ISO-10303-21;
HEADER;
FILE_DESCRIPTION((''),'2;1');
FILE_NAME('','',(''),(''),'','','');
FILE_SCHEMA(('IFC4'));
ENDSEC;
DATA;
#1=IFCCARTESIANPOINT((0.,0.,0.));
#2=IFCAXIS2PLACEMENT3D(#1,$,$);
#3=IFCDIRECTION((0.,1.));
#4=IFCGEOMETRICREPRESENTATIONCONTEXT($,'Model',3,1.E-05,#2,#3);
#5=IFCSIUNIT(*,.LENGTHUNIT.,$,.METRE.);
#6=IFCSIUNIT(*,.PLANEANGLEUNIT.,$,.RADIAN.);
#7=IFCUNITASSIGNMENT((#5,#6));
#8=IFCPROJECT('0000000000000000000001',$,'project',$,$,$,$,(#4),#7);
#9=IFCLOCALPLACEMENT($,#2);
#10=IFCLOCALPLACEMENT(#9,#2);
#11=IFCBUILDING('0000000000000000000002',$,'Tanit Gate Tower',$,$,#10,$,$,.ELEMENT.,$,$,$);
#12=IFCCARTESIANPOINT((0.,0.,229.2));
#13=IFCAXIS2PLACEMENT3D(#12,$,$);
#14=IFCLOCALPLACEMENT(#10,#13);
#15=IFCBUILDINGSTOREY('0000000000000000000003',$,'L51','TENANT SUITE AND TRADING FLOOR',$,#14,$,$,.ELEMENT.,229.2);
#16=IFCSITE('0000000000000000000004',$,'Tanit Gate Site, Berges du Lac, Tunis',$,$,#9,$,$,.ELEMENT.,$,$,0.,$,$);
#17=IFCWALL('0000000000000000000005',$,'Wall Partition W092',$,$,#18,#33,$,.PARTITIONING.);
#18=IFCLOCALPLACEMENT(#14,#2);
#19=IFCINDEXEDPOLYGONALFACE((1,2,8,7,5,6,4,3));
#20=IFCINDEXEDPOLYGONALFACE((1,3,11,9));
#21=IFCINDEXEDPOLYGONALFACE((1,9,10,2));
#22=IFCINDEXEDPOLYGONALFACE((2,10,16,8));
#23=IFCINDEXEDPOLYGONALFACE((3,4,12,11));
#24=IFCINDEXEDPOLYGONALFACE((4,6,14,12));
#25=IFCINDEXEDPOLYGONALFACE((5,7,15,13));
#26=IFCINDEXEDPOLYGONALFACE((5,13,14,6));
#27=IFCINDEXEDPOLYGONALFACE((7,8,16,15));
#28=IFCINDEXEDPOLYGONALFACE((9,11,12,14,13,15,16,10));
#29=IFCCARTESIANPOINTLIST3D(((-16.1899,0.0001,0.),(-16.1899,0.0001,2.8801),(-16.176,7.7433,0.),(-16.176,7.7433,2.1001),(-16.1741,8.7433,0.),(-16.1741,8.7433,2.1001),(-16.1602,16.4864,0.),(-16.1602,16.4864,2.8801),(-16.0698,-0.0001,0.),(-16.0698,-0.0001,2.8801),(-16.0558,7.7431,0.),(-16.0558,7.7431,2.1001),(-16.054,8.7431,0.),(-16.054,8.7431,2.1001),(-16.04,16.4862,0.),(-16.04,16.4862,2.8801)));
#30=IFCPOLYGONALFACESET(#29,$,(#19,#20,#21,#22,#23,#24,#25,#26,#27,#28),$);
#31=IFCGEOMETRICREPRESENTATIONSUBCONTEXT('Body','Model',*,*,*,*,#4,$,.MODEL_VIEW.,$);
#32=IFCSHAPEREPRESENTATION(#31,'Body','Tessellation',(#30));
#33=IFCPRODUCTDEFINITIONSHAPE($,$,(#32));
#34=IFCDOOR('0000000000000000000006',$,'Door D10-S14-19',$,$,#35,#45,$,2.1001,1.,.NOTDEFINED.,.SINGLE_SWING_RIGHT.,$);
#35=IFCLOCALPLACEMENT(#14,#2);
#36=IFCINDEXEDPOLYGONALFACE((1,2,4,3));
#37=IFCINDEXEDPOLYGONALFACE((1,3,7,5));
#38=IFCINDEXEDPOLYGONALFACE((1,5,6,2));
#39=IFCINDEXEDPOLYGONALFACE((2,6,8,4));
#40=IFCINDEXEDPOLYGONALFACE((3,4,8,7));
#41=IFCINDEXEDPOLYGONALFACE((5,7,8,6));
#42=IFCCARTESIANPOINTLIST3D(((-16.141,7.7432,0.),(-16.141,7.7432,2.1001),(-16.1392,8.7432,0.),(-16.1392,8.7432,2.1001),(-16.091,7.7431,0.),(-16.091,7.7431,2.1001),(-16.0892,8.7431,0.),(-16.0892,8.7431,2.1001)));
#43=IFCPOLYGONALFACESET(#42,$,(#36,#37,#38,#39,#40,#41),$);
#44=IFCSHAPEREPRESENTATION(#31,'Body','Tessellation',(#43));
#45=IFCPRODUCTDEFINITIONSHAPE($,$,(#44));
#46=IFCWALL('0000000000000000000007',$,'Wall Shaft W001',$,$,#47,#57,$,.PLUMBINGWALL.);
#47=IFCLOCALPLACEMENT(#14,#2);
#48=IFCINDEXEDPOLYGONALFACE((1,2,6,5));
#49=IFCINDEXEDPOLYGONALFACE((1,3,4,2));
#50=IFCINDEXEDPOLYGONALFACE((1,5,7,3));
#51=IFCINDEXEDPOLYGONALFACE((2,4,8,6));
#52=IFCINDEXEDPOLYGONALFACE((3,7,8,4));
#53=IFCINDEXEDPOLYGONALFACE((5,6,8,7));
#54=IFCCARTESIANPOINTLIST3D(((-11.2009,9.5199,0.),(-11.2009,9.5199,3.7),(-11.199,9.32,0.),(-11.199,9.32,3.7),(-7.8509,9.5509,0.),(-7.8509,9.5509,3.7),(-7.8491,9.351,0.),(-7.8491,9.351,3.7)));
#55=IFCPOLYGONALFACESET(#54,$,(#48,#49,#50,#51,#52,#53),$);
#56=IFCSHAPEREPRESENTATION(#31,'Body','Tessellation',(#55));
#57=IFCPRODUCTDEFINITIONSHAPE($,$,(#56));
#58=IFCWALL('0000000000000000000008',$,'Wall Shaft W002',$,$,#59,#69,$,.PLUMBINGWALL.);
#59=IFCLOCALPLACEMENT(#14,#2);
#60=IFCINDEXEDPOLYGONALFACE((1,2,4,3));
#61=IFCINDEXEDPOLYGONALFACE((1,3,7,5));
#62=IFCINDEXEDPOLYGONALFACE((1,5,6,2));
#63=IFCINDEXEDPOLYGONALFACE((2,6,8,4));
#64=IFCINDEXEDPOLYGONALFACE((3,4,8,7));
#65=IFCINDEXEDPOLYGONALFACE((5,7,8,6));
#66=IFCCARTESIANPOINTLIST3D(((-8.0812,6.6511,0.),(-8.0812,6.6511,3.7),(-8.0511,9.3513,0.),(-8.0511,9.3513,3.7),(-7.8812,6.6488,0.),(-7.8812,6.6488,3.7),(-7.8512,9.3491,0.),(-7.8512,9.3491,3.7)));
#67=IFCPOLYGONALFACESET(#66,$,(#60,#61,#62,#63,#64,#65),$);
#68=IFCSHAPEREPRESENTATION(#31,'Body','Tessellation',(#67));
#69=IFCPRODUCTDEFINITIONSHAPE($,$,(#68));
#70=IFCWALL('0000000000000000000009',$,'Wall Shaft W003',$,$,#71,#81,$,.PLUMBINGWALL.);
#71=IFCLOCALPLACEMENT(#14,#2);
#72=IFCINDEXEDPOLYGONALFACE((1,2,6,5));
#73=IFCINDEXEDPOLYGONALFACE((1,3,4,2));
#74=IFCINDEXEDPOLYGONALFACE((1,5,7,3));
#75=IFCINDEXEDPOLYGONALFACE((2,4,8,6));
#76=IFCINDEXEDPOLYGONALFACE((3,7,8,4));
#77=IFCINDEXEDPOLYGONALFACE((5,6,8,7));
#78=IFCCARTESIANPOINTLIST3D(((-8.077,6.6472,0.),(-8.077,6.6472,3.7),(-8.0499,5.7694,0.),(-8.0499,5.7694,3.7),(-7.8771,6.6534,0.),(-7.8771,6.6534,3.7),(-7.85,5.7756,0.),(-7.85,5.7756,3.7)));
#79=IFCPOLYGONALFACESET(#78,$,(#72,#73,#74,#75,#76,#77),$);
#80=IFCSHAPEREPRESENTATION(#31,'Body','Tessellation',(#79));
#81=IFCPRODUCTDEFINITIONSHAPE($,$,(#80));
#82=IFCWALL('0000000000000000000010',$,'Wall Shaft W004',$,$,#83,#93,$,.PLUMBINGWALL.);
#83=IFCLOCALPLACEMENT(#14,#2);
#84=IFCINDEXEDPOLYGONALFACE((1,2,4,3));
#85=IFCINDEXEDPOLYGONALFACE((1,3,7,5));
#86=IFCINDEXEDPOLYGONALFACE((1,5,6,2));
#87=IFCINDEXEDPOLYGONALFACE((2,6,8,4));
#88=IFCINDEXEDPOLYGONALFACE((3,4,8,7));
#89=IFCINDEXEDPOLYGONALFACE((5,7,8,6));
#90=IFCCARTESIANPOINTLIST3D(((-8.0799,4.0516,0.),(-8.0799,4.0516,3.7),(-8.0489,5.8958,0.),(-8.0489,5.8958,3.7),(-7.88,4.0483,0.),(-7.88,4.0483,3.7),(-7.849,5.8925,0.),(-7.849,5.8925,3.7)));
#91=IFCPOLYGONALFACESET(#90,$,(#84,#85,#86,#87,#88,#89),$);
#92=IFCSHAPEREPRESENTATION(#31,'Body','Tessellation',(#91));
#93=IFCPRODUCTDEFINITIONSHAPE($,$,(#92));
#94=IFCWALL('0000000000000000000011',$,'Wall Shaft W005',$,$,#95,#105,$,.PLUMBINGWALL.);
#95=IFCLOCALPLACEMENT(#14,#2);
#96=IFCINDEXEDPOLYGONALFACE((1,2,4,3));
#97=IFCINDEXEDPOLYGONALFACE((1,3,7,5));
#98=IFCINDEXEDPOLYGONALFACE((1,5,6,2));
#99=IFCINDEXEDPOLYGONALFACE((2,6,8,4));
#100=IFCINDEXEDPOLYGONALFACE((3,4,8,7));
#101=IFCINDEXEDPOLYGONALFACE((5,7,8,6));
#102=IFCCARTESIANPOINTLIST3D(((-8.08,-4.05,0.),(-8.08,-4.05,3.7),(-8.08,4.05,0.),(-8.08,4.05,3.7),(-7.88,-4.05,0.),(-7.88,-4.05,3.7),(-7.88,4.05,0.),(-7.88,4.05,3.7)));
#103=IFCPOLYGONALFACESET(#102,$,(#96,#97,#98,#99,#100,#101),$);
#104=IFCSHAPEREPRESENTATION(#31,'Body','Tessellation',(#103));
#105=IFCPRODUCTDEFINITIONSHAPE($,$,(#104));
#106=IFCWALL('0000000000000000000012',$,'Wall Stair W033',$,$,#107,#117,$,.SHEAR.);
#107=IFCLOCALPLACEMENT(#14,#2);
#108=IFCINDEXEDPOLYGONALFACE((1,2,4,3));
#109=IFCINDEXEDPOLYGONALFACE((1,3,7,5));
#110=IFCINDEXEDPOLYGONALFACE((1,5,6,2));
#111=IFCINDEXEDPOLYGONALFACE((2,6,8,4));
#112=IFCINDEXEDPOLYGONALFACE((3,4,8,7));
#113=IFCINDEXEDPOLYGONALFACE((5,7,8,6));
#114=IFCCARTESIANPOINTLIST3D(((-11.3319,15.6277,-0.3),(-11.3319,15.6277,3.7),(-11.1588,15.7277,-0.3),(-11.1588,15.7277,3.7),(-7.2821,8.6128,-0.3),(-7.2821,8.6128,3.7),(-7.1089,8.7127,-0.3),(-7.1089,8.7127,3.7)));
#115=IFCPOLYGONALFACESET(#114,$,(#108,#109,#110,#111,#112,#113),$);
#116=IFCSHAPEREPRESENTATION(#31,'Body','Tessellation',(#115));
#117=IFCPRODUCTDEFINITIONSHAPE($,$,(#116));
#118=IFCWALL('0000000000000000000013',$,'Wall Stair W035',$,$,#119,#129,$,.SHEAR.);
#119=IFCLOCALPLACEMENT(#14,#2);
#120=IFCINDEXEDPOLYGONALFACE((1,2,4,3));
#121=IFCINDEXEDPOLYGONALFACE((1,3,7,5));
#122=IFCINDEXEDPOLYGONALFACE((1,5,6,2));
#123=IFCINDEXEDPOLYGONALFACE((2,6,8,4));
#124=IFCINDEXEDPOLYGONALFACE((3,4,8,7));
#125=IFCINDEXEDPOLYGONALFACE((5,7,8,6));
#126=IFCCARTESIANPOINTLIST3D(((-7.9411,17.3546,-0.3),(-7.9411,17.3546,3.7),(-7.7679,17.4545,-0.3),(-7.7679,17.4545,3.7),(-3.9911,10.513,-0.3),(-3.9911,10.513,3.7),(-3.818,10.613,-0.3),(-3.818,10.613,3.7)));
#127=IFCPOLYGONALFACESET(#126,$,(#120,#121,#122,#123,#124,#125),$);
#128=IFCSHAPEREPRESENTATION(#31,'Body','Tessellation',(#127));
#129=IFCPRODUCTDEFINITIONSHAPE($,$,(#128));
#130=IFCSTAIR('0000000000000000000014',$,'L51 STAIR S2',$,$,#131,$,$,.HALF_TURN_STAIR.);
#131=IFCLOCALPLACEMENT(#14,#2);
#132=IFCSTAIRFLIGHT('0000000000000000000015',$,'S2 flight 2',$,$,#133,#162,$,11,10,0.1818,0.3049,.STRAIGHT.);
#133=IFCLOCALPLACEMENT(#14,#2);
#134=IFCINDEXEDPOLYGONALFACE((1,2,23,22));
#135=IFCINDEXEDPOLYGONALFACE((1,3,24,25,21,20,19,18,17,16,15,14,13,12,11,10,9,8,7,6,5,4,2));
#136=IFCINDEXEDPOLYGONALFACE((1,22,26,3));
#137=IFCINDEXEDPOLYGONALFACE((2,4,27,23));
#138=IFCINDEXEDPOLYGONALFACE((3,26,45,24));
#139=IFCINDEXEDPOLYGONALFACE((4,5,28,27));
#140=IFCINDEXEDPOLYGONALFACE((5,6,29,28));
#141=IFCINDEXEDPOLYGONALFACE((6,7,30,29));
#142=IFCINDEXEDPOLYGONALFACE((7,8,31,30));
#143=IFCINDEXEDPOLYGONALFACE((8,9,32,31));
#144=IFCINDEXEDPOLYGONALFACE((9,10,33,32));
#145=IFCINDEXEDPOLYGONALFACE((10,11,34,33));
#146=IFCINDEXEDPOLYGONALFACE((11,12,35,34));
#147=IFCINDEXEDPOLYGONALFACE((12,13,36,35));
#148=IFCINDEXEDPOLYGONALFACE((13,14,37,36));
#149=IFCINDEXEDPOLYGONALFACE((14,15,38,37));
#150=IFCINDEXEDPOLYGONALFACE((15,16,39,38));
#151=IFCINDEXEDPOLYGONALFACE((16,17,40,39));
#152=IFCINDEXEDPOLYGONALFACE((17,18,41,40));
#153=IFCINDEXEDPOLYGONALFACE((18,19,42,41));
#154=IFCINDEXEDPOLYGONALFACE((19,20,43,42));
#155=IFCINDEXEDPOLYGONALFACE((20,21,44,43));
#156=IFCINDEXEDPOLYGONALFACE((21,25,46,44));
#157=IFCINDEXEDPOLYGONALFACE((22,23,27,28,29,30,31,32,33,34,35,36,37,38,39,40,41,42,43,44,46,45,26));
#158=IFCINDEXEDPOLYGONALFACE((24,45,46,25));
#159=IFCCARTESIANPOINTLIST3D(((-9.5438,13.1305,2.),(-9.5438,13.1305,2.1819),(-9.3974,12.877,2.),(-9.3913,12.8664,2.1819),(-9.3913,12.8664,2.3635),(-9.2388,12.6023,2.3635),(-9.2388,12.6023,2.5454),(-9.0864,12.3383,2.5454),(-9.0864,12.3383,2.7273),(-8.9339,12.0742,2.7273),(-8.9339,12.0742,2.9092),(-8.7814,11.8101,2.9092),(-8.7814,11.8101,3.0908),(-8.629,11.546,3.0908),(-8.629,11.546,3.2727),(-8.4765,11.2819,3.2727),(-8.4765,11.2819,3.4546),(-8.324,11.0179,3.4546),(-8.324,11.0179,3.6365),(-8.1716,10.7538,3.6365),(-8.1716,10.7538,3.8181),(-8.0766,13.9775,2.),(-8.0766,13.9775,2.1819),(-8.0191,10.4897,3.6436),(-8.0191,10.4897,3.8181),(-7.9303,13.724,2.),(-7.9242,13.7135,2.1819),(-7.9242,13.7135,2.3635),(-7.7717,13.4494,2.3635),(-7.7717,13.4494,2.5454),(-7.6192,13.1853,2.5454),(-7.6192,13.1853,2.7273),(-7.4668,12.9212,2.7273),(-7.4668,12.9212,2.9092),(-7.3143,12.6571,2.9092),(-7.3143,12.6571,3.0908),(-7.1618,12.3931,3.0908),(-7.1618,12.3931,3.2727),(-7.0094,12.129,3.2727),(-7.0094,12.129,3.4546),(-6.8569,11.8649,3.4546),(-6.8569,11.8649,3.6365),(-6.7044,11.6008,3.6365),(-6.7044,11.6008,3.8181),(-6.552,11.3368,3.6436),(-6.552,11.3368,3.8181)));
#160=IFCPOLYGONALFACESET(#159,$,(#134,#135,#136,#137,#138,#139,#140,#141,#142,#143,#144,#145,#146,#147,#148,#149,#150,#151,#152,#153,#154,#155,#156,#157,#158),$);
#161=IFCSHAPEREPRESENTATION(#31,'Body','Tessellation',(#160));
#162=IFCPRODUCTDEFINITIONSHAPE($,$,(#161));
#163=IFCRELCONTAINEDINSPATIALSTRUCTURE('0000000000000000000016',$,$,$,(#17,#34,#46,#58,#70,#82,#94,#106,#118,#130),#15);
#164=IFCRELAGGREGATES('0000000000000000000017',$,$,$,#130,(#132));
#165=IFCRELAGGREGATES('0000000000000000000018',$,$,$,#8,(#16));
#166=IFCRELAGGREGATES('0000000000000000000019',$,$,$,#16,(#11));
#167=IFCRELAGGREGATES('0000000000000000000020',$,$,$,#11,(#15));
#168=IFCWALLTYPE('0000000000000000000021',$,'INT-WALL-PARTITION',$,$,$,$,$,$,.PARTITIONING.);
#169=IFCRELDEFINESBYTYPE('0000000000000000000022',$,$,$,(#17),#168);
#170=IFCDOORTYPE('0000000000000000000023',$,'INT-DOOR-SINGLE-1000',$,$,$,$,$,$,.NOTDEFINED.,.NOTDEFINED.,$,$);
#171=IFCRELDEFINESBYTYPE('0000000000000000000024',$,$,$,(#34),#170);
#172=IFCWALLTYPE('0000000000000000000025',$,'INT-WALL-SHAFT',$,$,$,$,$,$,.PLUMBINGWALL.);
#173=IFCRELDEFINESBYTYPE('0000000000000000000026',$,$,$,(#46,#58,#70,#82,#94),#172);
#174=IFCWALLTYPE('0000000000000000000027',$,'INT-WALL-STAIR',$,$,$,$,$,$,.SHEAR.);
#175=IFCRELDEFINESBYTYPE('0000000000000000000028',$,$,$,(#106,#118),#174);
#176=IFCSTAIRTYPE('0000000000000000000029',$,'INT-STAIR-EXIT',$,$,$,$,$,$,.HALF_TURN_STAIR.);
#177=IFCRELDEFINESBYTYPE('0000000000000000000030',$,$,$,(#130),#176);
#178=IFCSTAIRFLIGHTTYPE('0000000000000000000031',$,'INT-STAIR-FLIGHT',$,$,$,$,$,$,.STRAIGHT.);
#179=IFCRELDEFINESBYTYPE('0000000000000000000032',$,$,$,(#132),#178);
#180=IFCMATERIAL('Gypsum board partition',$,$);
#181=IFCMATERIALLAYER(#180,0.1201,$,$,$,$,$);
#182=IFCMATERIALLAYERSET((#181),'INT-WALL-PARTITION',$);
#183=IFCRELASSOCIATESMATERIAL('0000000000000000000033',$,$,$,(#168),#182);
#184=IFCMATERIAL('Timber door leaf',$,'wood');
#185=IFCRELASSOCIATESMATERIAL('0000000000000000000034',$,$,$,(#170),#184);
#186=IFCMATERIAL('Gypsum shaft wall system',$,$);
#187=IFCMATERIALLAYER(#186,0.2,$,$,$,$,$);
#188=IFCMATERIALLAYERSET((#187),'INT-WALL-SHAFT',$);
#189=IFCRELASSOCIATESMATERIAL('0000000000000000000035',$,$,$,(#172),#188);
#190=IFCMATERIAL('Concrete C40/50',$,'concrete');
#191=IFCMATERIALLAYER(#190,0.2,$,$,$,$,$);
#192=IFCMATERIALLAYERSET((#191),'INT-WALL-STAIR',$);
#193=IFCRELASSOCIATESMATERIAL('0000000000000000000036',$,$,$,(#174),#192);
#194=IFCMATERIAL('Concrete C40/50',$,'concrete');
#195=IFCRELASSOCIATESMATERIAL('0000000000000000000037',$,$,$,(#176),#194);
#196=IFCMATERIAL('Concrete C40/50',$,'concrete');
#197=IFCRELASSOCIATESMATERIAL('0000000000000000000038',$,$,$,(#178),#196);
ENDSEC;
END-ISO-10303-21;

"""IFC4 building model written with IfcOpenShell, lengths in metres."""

from ifc_helpers import new_model, si_unit, direction, frame, frame_2d, origin, place, context, subcontext, project, spatial, polyline, rectangle, outline, extrude, material, layer, layer_set, type_object, element, fill, aggregate, save


model = new_model("IFC4")

# Units and contexts
model_context = context("Model", 3, precision=1e-05, world=origin(), true_north=direction((0.0, 1.0)))
body_context = subcontext(model_context, "Body", "Model", "MODEL_VIEW")
ifc_project = project(units=[si_unit("LENGTHUNIT", "METRE"), si_unit("PLANEANGLEUNIT", "RADIAN")], contexts=[model_context])

# Site, building, storey
site_placement = place(None, origin())
site = spatial("IfcSite", under=ifc_project, at=site_placement, Name="Tanit Gate Site, Berges du Lac, Tunis", CompositionType="ELEMENT", RefElevation=0.0)
building_placement = place(site_placement, origin())
building = spatial("IfcBuilding", under=site, at=building_placement, Name="Tanit Gate Tower", CompositionType="ELEMENT")
storey_placement = place(building_placement, frame((0.0, 0.0, 229.2)))
storey = spatial("IfcBuildingStorey", under=building, at=storey_placement, Name="L51", Description="TENANT SUITE AND TRADING FLOOR", CompositionType="ELEMENT", Elevation=229.2)

# Wall, opening, door
ifc_material_1 = material(Name="Gypsum board partition")
ifc_layer_1 = layer(ifc_material_1, 0.1201)
ifc_layer_set_1 = layer_set([ifc_layer_1], Name="INT-WALL-PARTITION")
wall_type_1 = type_object("IfcWallType", Name="INT-WALL-PARTITION", PredefinedType="PARTITIONING", material=ifc_layer_set_1)
wall_1_placement = place(storey_placement, frame((-16.1001, 16.4863, 0.0), z_axis=(0.0, 0.0, 1.0), x_axis=(-0.001807, -0.999998, 0.0)))
wall_1 = element("IfcWall", 1, at=wall_1_placement, inside=storey, type_object=wall_type_1, Name="Wall Partition W092", PredefinedType="PARTITIONING", context=body_context, shape_type="SweptSolid", body=[
    extrude(rectangle(XDim=16.4863, YDim=0.1201, at=frame_2d((8.2432, 0.0))), origin(), (0.0, 0.0, 1.0), 2.8801),
])
opening_1_placement = place(wall_1_placement, frame((7.7432, 0.0, 0.0)))
opening_1 = element("IfcOpeningElement", 2, at=opening_1_placement, cuts=wall_1, PredefinedType="OPENING", context=body_context, shape_type="SweptSolid", body=[
    extrude(rectangle(XDim=1.0, YDim=2.1001, at=frame_2d((0.5, 1.05))), frame((0.0, 0.0701, 0.0), z_axis=(0.0, -1.0, 0.0), x_axis=(1.0, 0.0, 0.0)), (0.0, 0.0, 1.0), 0.1401),
])
ifc_material_2 = material(Name="Timber door leaf", Category="wood")
door_type_1 = type_object("IfcDoorType", Name="INT-DOOR-SINGLE-1000", OperationType="NOTDEFINED", PredefinedType="NOTDEFINED", material=ifc_material_2)
door_1_placement = place(opening_1_placement, origin())
door_1 = element("IfcDoor", 3, at=door_1_placement, inside=storey, type_object=door_type_1, Name="Door D10-S14-19", OperationType="SINGLE_SWING_RIGHT", OverallHeight=2.1001, OverallWidth=1.0, PredefinedType="NOTDEFINED", context=body_context, shape_type="SweptSolid", body=[
    extrude(rectangle(XDim=1.0, YDim=2.1001, at=frame_2d((0.5, 1.05))), frame((0.0, 0.0249, 0.0), z_axis=(0.0, -1.0, 0.0), x_axis=(1.0, 0.0, 0.0)), (0.0, 0.0, 1.0), 0.05),
])
fill(opening_1, door_1)

# Walls
ifc_material_3 = material(Name="Gypsum shaft wall system")
ifc_layer_2 = layer(ifc_material_3, 0.2)
ifc_layer_set_2 = layer_set([ifc_layer_2], Name="INT-WALL-SHAFT")
wall_type_2 = type_object("IfcWallType", Name="INT-WALL-SHAFT", PredefinedType="PLUMBINGWALL", material=ifc_layer_set_2)
wall_2_placement = place(storey_placement, frame((-11.2, 9.4199, 0.0), z_axis=(0.0, 0.0, 1.0), x_axis=(0.999957, 0.009255, 0.0)))
element("IfcWall", 4, at=wall_2_placement, inside=storey, type_object=wall_type_2, Name="Wall Shaft W001", PredefinedType="PLUMBINGWALL", context=body_context, shape_type="SweptSolid", body=[
    extrude(rectangle(XDim=3.3501, YDim=0.2, at=frame_2d((1.675, 0.0))), origin(), (0.0, 0.0, 1.0), 3.7),
])
wall_3_placement = place(storey_placement, frame((-7.9512, 9.3501, 0.0), z_axis=(0.0, 0.0, 1.0), x_axis=(-0.01112, -0.999938, 0.0)))
element("IfcWall", 5, at=wall_3_placement, inside=storey, type_object=wall_type_2, Name="Wall Shaft W002", PredefinedType="PLUMBINGWALL", context=body_context, shape_type="SweptSolid", body=[
    extrude(rectangle(XDim=2.7004, YDim=0.2, at=frame_2d((1.3501, 0.0))), origin(), (0.0, 0.0, 1.0), 3.7),
])
wall_4_placement = place(storey_placement, frame((-7.9771, 6.6501, 0.0), z_axis=(0.0, 0.0, 1.0), x_axis=(0.030862, -0.999524, 0.0)))
element("IfcWall", 6, at=wall_4_placement, inside=storey, type_object=wall_type_2, Name="Wall Shaft W003", PredefinedType="PLUMBINGWALL", context=body_context, shape_type="SweptSolid", body=[
    extrude(rectangle(XDim=0.8782, YDim=0.2, at=frame_2d((0.439, 0.0))), origin(), (0.0, 0.0, 1.0), 3.7),
])
wall_5_placement = place(storey_placement, frame((-7.949, 5.8943, 0.0), z_axis=(0.0, 0.0, 1.0), x_axis=(-0.01681, -0.999859, 0.0)))
element("IfcWall", 7, at=wall_5_placement, inside=storey, type_object=wall_type_2, Name="Wall Shaft W004", PredefinedType="PLUMBINGWALL", context=body_context, shape_type="SweptSolid", body=[
    extrude(rectangle(XDim=1.8445, YDim=0.2, at=frame_2d((0.9224, 0.0))), origin(), (0.0, 0.0, 1.0), 3.7),
])
wall_6_placement = place(storey_placement, frame((-7.98, 4.05, 0.0), z_axis=(0.0, 0.0, 1.0), x_axis=(0.0, -1.0, 0.0)))
element("IfcWall", 8, at=wall_6_placement, inside=storey, type_object=wall_type_2, Name="Wall Shaft W005", PredefinedType="PLUMBINGWALL", context=body_context, shape_type="SweptSolid", body=[
    extrude(rectangle(XDim=8.1001, YDim=0.2, at=frame_2d((4.05, 0.0))), origin(), (0.0, 0.0, 1.0), 3.7),
])
ifc_material_4 = material(Name="Concrete C40/50", Category="concrete")
ifc_layer_3 = layer(ifc_material_4, 0.2)
ifc_layer_set_3 = layer_set([ifc_layer_3], Name="INT-WALL-STAIR")
wall_type_3 = type_object("IfcWallType", Name="INT-WALL-STAIR", PredefinedType="SHEAR", material=ifc_layer_set_3)
wall_7_placement = place(storey_placement, frame((-11.2454, 15.6777, -0.3), z_axis=(0.0, 0.0, 1.0), x_axis=(0.499977, -0.866039, 0.0)))
element("IfcWall", 9, at=wall_7_placement, inside=storey, type_object=wall_type_3, Name="Wall Stair W033", PredefinedType="SHEAR", context=body_context, shape_type="SweptSolid", body=[
    extrude(rectangle(XDim=8.1001, YDim=0.2, at=frame_2d((4.05, 0.0))), origin(), (0.0, 0.0, 1.0), 4.0),
])
wall_8_placement = place(storey_placement, frame((-7.8545, 17.4045, -0.3), z_axis=(0.0, 0.0, 1.0), x_axis=(0.499998, -0.866027, 0.0)))
element("IfcWall", 10, at=wall_8_placement, inside=storey, type_object=wall_type_3, Name="Wall Stair W035", PredefinedType="SHEAR", context=body_context, shape_type="SweptSolid", body=[
    extrude(rectangle(XDim=7.8999, YDim=0.2, at=frame_2d((3.95, 0.0))), origin(), (0.0, 0.0, 1.0), 4.0),
])

# Stair, stair flight
ifc_material_5 = material(Name="Concrete C40/50", Category="concrete")
stair_type = type_object("IfcStairType", Name="INT-STAIR-EXIT", PredefinedType="HALF_TURN_STAIR", material=ifc_material_5)
stair_placement = place(storey_placement, origin())
stair = element("IfcStair", 11, at=stair_placement, inside=storey, type_object=stair_type, Name="L51 STAIR S2", PredefinedType="HALF_TURN_STAIR")
ifc_material_6 = material(Name="Concrete C40/50", Category="concrete")
stair_flight_type = type_object("IfcStairFlightType", Name="INT-STAIR-FLIGHT", PredefinedType="STRAIGHT", material=ifc_material_6)
stair_flight_placement = place(storey_placement, frame((-8.8103, 13.554, 2.0), z_axis=(0.0, 0.0, 1.0), x_axis=(0.5, -0.866025, 0.0)))
stair_flight = element("IfcStairFlight", 12, at=stair_flight_placement, type_object=stair_flight_type, Name="S2 flight 2", NumberOfRisers=11, NumberOfTreads=10, PredefinedType="STRAIGHT", RiserHeight=0.1818, TreadLength=0.3049, context=body_context, shape_type="SweptSolid", body=[
    extrude(outline(polyline([(0.0, 0.0), (0.0, 0.1819), (0.3049, 0.1819), (0.3049, 0.3635), (0.6099, 0.3635), (0.6099, 0.5454), (0.9148, 0.5454), (0.9148, 0.7273), (1.2197, 0.7273), (1.2197, 0.9092), (1.5247, 0.9092), (1.5247, 1.0908), (1.8296, 1.0908), (1.8296, 1.2727), (2.1345, 1.2727), (2.1345, 1.4546), (2.4395, 1.4546), (2.4395, 1.6365), (2.7444, 1.6365), (2.7444, 1.8181), (3.0493, 1.8181), (3.0493, 2.0), (3.0493, 1.6436), (0.2927, 0.0), (0.0, 0.0)])), frame((0.0, 0.8472, 0.0), z_axis=(0.0, -1.0, 0.0), x_axis=(1.0, 0.0, 0.0)), (0.0, 0.0, 1.0), 1.6941),
])
aggregate(stair, [stair_flight])

save(model, "model.ifc")
